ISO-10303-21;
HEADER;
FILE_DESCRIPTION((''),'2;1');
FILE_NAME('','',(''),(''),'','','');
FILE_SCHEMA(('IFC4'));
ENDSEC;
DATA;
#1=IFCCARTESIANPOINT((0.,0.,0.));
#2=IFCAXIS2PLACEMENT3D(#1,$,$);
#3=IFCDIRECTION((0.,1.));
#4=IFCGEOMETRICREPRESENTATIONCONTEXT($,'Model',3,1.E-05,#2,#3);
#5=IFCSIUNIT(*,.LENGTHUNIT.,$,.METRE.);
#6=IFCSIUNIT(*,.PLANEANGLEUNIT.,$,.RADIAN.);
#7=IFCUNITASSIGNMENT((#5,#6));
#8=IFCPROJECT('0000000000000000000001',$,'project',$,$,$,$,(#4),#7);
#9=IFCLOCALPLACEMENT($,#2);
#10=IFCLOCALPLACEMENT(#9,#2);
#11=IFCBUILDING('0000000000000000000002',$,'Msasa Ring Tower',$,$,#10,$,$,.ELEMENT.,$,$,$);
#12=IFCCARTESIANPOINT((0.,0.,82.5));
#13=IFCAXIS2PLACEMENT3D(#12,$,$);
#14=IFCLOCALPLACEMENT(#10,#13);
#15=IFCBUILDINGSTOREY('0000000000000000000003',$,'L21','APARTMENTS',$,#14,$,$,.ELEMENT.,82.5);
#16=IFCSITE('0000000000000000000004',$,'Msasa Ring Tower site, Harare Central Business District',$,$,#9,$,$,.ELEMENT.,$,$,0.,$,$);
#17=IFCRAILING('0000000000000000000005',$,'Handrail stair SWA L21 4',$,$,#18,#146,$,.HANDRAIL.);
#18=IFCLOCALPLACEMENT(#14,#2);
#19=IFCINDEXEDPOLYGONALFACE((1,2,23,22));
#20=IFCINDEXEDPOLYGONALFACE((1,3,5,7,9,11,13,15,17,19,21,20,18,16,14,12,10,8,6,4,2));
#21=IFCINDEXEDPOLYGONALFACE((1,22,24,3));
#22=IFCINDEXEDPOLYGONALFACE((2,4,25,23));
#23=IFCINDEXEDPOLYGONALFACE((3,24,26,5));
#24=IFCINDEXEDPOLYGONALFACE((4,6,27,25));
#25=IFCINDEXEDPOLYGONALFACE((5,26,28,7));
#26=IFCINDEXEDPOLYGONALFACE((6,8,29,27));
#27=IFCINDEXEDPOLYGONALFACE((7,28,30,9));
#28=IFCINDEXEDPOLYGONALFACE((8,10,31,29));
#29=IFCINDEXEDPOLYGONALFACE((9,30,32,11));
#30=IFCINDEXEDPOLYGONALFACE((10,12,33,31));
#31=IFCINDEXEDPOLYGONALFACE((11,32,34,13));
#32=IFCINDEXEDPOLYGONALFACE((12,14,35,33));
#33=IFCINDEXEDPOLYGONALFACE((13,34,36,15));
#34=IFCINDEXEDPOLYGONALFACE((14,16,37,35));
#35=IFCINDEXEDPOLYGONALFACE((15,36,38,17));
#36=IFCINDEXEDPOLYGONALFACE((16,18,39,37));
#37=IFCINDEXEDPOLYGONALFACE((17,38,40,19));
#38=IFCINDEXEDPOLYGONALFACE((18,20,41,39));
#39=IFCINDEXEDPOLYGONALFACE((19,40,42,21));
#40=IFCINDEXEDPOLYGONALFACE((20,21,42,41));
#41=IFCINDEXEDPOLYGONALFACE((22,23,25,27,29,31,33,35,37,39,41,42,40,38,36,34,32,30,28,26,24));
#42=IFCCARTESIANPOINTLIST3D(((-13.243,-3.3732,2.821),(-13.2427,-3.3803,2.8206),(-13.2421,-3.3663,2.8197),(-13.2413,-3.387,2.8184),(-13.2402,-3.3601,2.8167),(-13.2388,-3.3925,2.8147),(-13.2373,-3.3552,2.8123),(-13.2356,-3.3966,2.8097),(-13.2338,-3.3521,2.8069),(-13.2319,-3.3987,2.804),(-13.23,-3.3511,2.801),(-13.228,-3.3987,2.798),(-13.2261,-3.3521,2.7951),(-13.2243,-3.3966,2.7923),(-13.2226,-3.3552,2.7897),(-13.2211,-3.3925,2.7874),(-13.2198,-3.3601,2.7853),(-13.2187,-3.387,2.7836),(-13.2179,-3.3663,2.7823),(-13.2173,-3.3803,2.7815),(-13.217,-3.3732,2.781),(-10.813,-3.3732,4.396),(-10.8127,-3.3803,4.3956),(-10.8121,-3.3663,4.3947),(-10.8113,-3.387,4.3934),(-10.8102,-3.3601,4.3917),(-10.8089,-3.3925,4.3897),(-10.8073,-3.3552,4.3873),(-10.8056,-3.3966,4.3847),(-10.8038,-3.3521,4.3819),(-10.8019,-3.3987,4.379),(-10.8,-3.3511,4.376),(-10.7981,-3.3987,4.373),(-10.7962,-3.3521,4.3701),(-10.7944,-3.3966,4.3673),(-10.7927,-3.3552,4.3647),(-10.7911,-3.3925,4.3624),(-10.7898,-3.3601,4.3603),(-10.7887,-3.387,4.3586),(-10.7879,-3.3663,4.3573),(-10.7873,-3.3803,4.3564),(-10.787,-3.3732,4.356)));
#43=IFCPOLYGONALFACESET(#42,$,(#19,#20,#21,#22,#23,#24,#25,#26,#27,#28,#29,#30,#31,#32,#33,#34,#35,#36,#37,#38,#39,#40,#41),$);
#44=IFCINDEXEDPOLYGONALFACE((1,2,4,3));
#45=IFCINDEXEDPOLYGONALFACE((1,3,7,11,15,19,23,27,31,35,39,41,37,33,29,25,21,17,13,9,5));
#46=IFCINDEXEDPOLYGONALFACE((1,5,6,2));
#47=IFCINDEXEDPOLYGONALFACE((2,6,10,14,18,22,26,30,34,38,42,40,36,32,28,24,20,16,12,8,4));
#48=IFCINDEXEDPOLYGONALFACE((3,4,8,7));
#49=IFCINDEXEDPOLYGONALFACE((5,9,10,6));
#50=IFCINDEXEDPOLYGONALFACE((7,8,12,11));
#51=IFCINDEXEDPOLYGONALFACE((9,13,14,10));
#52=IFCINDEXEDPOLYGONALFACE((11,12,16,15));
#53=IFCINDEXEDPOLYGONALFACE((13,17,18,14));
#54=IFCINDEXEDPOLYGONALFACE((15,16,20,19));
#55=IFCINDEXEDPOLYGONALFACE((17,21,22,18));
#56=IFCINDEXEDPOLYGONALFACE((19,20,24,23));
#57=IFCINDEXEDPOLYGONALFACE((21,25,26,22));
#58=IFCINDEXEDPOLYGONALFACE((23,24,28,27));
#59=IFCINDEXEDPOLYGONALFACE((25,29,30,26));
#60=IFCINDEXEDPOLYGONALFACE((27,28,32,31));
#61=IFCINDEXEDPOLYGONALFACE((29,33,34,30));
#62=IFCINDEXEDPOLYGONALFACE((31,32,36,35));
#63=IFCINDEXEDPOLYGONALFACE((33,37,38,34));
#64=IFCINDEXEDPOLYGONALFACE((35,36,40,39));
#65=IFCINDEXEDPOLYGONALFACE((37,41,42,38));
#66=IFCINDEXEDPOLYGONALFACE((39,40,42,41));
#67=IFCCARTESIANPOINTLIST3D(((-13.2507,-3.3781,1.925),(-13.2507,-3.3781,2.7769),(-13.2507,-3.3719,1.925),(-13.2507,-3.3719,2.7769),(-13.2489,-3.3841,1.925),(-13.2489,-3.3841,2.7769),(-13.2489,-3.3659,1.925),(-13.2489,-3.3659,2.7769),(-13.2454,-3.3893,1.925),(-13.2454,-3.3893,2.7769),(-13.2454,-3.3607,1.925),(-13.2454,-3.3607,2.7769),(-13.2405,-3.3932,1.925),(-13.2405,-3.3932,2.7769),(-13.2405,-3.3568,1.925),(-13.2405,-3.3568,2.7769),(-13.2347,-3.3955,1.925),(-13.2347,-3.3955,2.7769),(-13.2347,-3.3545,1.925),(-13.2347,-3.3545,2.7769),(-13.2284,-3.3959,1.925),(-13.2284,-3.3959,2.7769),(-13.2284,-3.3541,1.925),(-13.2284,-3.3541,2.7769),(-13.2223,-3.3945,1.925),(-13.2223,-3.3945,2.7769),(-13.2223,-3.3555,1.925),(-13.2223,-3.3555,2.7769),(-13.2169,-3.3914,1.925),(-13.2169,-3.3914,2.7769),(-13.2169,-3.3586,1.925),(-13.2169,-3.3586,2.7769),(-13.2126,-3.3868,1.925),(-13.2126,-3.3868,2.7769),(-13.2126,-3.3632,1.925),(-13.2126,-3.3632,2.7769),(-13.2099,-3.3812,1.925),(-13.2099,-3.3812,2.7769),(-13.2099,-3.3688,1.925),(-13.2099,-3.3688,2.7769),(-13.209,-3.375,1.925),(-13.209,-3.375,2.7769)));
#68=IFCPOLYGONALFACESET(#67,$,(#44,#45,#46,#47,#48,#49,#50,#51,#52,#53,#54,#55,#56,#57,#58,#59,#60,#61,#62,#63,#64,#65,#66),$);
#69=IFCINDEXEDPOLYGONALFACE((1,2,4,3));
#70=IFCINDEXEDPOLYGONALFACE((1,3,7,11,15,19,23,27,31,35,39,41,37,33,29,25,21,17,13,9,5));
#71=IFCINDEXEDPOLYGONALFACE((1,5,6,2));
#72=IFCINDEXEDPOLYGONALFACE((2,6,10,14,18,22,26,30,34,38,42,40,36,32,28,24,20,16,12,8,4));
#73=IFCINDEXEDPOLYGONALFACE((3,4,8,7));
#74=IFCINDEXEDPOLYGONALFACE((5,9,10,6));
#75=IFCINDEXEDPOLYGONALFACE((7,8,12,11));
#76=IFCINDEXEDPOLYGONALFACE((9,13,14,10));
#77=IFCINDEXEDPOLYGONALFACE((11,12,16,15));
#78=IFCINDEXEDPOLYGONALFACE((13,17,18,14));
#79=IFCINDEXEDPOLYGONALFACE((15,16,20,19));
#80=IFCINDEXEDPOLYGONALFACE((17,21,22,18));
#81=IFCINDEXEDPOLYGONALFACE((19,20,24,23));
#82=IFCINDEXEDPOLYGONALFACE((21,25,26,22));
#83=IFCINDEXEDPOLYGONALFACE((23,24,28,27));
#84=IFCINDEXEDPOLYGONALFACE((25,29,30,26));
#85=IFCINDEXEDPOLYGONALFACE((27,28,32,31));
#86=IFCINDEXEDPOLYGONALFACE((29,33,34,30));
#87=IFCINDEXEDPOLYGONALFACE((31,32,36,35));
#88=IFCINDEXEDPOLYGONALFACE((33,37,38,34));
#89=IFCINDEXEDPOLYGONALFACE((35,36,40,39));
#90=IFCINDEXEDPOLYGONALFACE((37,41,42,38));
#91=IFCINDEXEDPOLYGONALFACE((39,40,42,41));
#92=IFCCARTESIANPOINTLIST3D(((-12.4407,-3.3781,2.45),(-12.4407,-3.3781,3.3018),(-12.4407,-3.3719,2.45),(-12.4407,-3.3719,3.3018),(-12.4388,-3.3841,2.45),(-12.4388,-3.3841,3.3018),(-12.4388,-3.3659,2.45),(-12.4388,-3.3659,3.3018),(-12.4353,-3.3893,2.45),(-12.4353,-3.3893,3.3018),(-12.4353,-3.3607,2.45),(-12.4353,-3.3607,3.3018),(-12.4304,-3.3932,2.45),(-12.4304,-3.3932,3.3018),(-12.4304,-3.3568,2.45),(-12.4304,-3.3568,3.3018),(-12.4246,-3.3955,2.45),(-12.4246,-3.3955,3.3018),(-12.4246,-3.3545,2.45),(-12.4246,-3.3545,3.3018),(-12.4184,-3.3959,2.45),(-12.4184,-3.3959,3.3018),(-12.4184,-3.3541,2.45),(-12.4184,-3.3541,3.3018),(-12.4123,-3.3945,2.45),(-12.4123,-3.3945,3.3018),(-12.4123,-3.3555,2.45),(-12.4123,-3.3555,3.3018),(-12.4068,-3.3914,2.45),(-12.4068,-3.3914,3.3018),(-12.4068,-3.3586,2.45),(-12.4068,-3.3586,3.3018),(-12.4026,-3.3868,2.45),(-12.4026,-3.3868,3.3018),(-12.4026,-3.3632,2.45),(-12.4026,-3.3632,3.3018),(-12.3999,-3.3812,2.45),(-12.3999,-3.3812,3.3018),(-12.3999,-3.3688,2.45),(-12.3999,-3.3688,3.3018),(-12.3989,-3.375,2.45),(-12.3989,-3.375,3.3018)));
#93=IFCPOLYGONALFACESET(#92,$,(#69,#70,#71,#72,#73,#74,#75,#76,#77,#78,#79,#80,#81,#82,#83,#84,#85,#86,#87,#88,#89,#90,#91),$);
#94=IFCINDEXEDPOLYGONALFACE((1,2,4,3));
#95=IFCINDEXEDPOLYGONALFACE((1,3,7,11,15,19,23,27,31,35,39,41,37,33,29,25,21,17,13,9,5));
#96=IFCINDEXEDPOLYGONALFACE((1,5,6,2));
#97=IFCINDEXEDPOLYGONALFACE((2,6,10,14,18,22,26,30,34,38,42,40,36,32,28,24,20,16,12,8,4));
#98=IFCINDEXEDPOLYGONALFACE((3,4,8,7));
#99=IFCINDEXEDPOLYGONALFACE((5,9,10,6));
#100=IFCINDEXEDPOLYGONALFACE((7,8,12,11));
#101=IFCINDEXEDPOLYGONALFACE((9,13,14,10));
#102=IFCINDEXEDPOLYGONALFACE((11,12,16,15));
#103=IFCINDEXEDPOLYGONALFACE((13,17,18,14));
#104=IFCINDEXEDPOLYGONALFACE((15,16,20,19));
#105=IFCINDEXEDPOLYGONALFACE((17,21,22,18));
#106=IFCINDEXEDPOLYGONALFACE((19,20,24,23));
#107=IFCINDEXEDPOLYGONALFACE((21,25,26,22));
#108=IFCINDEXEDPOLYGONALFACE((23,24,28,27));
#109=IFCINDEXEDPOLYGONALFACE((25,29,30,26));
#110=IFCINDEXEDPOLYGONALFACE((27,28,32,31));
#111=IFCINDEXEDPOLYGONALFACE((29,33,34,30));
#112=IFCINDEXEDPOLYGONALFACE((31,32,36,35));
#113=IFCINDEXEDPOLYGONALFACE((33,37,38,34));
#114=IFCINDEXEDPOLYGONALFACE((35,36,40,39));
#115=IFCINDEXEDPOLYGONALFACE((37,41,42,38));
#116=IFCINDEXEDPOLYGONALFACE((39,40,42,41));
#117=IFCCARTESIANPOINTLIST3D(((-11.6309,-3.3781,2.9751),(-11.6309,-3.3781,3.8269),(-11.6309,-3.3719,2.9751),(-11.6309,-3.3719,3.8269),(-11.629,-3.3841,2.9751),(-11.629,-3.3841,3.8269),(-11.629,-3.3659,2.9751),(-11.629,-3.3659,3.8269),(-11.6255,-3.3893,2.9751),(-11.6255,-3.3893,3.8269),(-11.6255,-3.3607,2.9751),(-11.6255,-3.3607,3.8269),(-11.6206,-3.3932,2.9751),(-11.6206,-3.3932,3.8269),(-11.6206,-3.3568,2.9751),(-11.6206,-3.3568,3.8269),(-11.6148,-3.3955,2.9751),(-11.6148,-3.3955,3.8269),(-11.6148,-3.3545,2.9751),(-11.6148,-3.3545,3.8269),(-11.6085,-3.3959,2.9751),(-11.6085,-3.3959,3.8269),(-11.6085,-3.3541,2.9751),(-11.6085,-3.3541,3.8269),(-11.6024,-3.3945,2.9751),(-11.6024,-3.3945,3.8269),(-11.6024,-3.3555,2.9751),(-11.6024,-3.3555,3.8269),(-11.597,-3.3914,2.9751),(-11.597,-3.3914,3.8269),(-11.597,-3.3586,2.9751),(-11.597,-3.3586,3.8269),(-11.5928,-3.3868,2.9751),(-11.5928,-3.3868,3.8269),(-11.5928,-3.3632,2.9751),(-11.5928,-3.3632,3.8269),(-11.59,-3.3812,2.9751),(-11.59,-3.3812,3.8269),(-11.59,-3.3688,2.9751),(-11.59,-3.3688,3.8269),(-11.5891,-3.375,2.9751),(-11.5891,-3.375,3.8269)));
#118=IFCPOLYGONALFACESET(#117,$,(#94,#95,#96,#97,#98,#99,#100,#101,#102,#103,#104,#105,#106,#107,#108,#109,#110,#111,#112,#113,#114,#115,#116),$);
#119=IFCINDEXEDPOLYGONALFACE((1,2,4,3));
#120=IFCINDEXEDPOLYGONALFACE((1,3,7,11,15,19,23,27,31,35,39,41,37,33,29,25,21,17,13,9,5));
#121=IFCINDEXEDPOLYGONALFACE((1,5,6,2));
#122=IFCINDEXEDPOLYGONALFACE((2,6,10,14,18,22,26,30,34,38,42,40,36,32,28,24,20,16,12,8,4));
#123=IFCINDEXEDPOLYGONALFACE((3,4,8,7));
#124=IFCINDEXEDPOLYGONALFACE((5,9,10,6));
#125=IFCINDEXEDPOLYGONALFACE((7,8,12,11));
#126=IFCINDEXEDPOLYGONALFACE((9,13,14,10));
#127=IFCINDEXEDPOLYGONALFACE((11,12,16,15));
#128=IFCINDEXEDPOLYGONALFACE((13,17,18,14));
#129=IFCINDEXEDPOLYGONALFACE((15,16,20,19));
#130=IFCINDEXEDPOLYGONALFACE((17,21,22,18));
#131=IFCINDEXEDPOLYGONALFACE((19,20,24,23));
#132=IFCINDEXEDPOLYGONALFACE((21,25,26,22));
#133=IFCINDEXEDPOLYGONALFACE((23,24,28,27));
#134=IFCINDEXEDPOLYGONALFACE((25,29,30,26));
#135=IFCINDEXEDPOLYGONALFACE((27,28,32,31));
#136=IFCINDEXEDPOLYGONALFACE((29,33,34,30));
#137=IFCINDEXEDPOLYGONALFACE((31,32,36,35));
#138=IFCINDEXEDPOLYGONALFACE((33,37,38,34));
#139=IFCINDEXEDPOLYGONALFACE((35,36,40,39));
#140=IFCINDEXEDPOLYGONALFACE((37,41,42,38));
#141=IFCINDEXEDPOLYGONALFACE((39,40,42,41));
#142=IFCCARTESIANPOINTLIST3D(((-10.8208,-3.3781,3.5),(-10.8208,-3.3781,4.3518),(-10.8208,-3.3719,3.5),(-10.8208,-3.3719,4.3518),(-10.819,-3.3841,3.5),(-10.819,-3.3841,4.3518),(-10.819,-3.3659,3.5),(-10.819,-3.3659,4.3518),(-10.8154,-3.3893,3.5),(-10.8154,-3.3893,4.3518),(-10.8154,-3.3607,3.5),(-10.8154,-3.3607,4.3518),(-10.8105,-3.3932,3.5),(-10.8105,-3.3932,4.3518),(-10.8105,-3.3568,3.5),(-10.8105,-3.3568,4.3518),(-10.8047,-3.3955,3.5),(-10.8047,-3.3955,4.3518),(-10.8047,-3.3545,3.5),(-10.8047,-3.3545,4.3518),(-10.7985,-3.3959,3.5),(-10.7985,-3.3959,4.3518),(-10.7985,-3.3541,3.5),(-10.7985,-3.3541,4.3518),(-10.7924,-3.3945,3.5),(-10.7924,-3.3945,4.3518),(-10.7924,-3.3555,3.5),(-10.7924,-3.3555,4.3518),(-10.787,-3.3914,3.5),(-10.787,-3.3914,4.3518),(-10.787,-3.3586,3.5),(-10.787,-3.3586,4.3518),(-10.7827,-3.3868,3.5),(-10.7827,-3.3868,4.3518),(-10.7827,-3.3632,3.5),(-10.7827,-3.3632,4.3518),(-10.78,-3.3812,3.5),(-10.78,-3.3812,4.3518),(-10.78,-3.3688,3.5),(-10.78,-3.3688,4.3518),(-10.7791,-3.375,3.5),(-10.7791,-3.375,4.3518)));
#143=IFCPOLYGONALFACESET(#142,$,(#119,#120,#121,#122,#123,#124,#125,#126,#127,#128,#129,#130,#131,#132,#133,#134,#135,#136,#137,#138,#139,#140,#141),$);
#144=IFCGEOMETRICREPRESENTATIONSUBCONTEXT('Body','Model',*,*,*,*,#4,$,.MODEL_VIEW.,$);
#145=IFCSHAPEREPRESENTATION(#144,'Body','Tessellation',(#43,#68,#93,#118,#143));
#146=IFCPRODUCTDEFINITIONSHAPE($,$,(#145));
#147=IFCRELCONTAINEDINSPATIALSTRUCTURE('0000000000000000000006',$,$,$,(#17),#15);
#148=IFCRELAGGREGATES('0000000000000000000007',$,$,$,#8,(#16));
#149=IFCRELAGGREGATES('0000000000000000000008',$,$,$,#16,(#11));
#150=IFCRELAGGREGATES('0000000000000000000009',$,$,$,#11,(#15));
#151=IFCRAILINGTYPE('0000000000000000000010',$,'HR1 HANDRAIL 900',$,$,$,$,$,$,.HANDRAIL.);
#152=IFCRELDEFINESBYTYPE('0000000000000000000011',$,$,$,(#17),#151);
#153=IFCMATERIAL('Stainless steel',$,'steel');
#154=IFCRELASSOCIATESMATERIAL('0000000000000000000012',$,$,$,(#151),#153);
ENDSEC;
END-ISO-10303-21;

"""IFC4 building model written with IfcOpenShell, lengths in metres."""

from ifc_helpers import new_model, si_unit, direction, frame, origin, origin_2d, place, context, subcontext, project, spatial, circle, extrude, material, type_object, element, save


model = new_model("IFC4")

# Units and contexts
model_context = context("Model", 3, precision=1e-05, world=origin(), true_north=direction((0.0, 1.0)))
body_context = subcontext(model_context, "Body", "Model", "MODEL_VIEW")
ifc_project = project(units=[si_unit("LENGTHUNIT", "METRE"), si_unit("PLANEANGLEUNIT", "RADIAN")], contexts=[model_context])

# Site, building, storey
site_placement = place(None, origin())
site = spatial("IfcSite", under=ifc_project, at=site_placement, Name="Msasa Ring Tower site, Harare Central Business District", CompositionType="ELEMENT", RefElevation=0.0)
building_placement = place(site_placement, origin())
building = spatial("IfcBuilding", under=site, at=building_placement, Name="Msasa Ring Tower", CompositionType="ELEMENT")
storey_placement = place(building_placement, frame((0.0, 0.0, 82.5)))
storey = spatial("IfcBuildingStorey", under=building, at=storey_placement, Name="L21", Description="APARTMENTS", CompositionType="ELEMENT", Elevation=82.5)

# Railing
ifc_material_1 = material(Name="Stainless steel", Category="steel")
railing_type = type_object("IfcRailingType", Name="HR1 HANDRAIL 900", PredefinedType="HANDRAIL", material=ifc_material_1)
for number, where, name in (
    (1, (-13.23, -3.375, 1.925), "Handrail stair SWA L21 4"),
):
    element("IfcRailing", number, at=place(storey_placement, frame(where)), inside=storey, type_object=railing_type, Name=name, PredefinedType="HANDRAIL", context=body_context, shape_type="SweptSolid", body=[
        extrude(circle(Radius=0.0239, at=origin_2d()), frame((0.0, 0.0, 0.876), z_axis=(0.839154, 0.0, 0.543894), x_axis=(0.0, 1.0, 0.0)), (0.0, 0.0, 1.0), 2.8958),
        extrude(circle(Radius=0.021, at=origin_2d()), origin(), (0.0, 0.0, 1.0), 0.8518),
        extrude(circle(Radius=0.021, at=origin_2d()), frame((0.8101, 0.0, 0.5249)), (0.0, 0.0, 1.0), 0.8518),
        extrude(circle(Radius=0.021, at=origin_2d()), frame((1.6199, 0.0, 1.05)), (0.0, 0.0, 1.0), 0.8518),
        extrude(circle(Radius=0.021, at=origin_2d()), frame((2.4299, 0.0, 1.575)), (0.0, 0.0, 1.0), 0.8518),
    ])

save(model, "model.ifc")
